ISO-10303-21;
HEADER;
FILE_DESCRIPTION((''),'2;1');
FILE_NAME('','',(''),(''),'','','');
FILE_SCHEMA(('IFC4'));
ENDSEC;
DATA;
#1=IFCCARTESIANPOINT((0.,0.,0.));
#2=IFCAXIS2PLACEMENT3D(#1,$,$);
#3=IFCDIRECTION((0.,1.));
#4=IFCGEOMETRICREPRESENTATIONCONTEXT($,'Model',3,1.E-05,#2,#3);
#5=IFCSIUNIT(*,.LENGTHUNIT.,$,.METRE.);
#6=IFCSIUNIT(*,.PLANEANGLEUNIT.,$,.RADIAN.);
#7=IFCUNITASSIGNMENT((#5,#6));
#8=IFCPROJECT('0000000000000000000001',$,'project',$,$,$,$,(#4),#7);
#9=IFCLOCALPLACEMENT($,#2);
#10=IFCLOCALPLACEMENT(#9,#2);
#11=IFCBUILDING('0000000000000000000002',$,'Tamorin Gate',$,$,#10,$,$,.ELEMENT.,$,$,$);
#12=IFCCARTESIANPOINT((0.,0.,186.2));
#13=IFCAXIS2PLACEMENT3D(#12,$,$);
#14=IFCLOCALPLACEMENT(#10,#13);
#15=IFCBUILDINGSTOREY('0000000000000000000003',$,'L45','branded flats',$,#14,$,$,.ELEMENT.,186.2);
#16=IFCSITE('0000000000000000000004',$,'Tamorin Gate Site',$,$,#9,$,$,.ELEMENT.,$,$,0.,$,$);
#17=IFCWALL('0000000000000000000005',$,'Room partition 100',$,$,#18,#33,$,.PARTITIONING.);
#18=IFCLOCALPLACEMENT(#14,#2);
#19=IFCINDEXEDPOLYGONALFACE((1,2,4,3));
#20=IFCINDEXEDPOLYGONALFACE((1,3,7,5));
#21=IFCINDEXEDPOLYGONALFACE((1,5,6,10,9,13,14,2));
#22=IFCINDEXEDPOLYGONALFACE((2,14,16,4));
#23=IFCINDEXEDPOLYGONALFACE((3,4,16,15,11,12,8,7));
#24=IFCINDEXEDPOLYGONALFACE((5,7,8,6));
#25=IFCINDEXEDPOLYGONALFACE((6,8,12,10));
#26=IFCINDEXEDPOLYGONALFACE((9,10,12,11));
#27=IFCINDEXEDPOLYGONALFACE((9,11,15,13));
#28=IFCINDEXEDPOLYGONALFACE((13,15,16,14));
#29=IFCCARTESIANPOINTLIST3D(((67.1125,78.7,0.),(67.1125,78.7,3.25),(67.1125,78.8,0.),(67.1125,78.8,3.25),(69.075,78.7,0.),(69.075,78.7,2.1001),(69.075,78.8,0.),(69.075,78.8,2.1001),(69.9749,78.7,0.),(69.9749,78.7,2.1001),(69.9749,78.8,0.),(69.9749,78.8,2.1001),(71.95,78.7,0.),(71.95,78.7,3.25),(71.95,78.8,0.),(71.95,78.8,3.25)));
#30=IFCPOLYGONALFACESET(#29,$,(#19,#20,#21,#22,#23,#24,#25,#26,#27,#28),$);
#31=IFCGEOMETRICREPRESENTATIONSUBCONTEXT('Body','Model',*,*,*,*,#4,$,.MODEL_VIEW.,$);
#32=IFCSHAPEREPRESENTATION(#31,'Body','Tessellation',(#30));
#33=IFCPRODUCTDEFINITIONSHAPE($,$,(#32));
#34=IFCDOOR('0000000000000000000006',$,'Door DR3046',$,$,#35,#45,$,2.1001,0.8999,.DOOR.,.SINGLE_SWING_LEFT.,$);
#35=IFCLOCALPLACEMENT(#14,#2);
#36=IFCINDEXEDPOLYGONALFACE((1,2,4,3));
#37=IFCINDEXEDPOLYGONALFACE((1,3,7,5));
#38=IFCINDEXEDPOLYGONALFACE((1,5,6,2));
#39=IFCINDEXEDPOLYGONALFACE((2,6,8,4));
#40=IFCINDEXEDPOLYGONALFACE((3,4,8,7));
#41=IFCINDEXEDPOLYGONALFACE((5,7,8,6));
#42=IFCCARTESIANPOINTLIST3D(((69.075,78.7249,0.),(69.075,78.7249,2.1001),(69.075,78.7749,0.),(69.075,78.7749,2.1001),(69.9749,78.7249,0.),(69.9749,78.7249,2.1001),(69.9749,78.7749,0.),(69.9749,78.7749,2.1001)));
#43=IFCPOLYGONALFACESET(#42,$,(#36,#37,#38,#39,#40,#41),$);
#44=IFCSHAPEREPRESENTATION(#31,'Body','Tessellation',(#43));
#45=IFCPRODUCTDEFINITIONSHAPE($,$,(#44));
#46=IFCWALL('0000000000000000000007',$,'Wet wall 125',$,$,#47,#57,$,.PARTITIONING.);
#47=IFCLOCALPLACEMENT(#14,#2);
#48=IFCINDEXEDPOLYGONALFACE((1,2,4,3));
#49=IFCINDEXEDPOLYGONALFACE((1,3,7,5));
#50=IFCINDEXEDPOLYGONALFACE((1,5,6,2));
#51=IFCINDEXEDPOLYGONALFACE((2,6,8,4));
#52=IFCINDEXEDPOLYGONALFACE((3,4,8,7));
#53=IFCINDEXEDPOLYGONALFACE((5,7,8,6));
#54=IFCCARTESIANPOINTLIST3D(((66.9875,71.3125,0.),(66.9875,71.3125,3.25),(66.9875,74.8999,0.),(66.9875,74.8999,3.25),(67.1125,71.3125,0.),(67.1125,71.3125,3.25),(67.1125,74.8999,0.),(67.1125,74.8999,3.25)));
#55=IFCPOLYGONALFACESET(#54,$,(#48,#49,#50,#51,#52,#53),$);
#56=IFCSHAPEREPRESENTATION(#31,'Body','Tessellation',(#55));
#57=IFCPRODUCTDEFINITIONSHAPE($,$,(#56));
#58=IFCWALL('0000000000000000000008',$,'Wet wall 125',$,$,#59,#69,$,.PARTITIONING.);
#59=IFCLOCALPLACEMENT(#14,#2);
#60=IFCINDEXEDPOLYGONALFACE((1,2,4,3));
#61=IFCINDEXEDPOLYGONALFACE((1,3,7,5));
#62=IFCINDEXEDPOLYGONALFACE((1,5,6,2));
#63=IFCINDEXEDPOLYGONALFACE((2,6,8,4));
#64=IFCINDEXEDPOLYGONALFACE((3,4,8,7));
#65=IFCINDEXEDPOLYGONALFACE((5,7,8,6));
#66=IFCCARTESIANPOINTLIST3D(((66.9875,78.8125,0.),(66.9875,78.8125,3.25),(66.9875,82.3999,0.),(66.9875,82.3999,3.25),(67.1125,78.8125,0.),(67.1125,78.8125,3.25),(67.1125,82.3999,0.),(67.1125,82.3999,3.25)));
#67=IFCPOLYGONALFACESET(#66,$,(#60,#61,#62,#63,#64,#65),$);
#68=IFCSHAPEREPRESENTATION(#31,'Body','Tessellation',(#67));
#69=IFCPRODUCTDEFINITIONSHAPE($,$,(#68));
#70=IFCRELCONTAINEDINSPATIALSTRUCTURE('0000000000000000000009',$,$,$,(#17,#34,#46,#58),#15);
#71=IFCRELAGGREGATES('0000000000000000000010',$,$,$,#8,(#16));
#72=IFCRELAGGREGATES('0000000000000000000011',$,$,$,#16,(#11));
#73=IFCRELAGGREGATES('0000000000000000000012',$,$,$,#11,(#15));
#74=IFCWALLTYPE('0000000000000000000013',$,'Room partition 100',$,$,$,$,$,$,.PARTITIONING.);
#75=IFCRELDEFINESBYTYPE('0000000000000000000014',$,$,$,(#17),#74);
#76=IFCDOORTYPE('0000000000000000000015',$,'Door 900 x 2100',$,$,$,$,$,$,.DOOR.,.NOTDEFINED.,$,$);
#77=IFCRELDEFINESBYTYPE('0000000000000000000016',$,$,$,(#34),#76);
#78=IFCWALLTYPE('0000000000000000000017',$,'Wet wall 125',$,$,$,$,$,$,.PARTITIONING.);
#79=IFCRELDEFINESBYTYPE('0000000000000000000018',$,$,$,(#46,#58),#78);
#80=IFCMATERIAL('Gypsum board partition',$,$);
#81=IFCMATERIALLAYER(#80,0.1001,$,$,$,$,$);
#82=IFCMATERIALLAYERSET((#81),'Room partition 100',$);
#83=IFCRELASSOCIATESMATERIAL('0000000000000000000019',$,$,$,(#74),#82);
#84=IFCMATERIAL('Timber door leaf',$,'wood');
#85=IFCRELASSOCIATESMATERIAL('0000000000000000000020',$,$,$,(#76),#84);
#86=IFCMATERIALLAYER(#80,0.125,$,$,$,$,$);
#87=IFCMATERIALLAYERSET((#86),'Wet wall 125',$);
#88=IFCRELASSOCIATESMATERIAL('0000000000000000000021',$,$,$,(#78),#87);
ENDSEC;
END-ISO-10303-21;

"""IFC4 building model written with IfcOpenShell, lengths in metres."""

from ifc_helpers import new_model, si_unit, direction, frame, frame_2d, origin, place, context, subcontext, project, spatial, rectangle, extrude, material, layer, layer_set, type_object, element, fill, save


model = new_model("IFC4")

# Units and contexts
model_context = context("Model", 3, precision=1e-05, world=origin(), true_north=direction((0.0, 1.0)))
body_context = subcontext(model_context, "Body", "Model", "MODEL_VIEW")
ifc_project = project(units=[si_unit("LENGTHUNIT", "METRE"), si_unit("PLANEANGLEUNIT", "RADIAN")], contexts=[model_context])

# Site, building, storey
site_placement = place(None, origin())
site = spatial("IfcSite", under=ifc_project, at=site_placement, Name="Tamorin Gate Site", CompositionType="ELEMENT", RefElevation=0.0)
building_placement = place(site_placement, origin())
building = spatial("IfcBuilding", under=site, at=building_placement, Name="Tamorin Gate", CompositionType="ELEMENT")
storey_placement = place(building_placement, frame((0.0, 0.0, 186.2)))
storey = spatial("IfcBuildingStorey", under=building, at=storey_placement, Name="L45", Description="branded flats", CompositionType="ELEMENT", Elevation=186.2)

# Shared definitions
ifc_material_1 = material(Name="Gypsum board partition")
ifc_layer_1 = layer(ifc_material_1, 0.1001)
ifc_layer_set_1 = layer_set([ifc_layer_1], Name="Room partition 100")
wall_type_1 = type_object("IfcWallType", Name="Room partition 100", PredefinedType="PARTITIONING", material=ifc_layer_set_1)
ifc_material_2 = material(Name="Timber door leaf", Category="wood")
door_type = type_object("IfcDoorType", Name="Door 900 x 2100", OperationType="NOTDEFINED", PredefinedType="DOOR", material=ifc_material_2)

# Wall, opening, door
wall_1_placement = place(storey_placement, frame((67.1125, 78.75, 0.0), z_axis=(0.0, 0.0, 1.0), x_axis=(1.0, 0.0, 0.0)))
wall_1 = element("IfcWall", 1, at=wall_1_placement, inside=storey, type_object=wall_type_1, Name="Room partition 100", PredefinedType="PARTITIONING", context=body_context, shape_type="SweptSolid", body=[
    extrude(rectangle(XDim=4.8374, YDim=0.1001, at=frame_2d((2.4187, 0.0))), origin(), (0.0, 0.0, 1.0), 3.25),
])
opening_1_placement = place(wall_1_placement, frame((1.9624, 0.0, 0.0)))
opening_1 = element("IfcOpeningElement", 2, at=opening_1_placement, cuts=wall_1, PredefinedType="OPENING", context=body_context, shape_type="SweptSolid", body=[
    extrude(rectangle(XDim=0.8999, YDim=2.1001, at=frame_2d((0.45, 1.05))), frame((0.0, 0.0601, 0.0), z_axis=(0.0, -1.0, 0.0), x_axis=(1.0, 0.0, 0.0)), (0.0, 0.0, 1.0), 0.1201),
])
door_1_placement = place(opening_1_placement, origin())
door_1 = element("IfcDoor", 3, at=door_1_placement, inside=storey, type_object=door_type, Name="Door DR3046", OperationType="SINGLE_SWING_LEFT", OverallHeight=2.1001, OverallWidth=0.8999, PredefinedType="DOOR", context=body_context, shape_type="SweptSolid", body=[
    extrude(rectangle(XDim=0.8999, YDim=2.1001, at=frame_2d((0.45, 1.05))), frame((0.0, 0.0249, 0.0), z_axis=(0.0, -1.0, 0.0), x_axis=(1.0, 0.0, 0.0)), (0.0, 0.0, 1.0), 0.05),
])
fill(opening_1, door_1)

# Walls
ifc_layer_2 = layer(ifc_material_1, 0.125)
ifc_layer_set_2 = layer_set([ifc_layer_2], Name="Wet wall 125")
wall_type_2 = type_object("IfcWallType", Name="Wet wall 125", PredefinedType="PARTITIONING", material=ifc_layer_set_2)
for number, where, z_axis, x_axis, name in (
    (4, (67.05, 71.3125, 0.0), (0.0, 0.0, 1.0), (0.0, 1.0, 0.0), "Wet wall 125"),
    (5, (67.05, 78.8125, 0.0), (0.0, 0.0, 1.0), (0.0, 1.0, 0.0), "Wet wall 125"),
):
    element("IfcWall", number, at=place(storey_placement, frame(where, z_axis=z_axis, x_axis=x_axis)), inside=storey, type_object=wall_type_2, Name=name, PredefinedType="PARTITIONING", context=body_context, shape_type="SweptSolid", body=[
        extrude(rectangle(XDim=3.5874, YDim=0.125, at=frame_2d((1.7937, 0.0))), origin(), (0.0, 0.0, 1.0), 3.25),
    ])

save(model, "model.ifc")
